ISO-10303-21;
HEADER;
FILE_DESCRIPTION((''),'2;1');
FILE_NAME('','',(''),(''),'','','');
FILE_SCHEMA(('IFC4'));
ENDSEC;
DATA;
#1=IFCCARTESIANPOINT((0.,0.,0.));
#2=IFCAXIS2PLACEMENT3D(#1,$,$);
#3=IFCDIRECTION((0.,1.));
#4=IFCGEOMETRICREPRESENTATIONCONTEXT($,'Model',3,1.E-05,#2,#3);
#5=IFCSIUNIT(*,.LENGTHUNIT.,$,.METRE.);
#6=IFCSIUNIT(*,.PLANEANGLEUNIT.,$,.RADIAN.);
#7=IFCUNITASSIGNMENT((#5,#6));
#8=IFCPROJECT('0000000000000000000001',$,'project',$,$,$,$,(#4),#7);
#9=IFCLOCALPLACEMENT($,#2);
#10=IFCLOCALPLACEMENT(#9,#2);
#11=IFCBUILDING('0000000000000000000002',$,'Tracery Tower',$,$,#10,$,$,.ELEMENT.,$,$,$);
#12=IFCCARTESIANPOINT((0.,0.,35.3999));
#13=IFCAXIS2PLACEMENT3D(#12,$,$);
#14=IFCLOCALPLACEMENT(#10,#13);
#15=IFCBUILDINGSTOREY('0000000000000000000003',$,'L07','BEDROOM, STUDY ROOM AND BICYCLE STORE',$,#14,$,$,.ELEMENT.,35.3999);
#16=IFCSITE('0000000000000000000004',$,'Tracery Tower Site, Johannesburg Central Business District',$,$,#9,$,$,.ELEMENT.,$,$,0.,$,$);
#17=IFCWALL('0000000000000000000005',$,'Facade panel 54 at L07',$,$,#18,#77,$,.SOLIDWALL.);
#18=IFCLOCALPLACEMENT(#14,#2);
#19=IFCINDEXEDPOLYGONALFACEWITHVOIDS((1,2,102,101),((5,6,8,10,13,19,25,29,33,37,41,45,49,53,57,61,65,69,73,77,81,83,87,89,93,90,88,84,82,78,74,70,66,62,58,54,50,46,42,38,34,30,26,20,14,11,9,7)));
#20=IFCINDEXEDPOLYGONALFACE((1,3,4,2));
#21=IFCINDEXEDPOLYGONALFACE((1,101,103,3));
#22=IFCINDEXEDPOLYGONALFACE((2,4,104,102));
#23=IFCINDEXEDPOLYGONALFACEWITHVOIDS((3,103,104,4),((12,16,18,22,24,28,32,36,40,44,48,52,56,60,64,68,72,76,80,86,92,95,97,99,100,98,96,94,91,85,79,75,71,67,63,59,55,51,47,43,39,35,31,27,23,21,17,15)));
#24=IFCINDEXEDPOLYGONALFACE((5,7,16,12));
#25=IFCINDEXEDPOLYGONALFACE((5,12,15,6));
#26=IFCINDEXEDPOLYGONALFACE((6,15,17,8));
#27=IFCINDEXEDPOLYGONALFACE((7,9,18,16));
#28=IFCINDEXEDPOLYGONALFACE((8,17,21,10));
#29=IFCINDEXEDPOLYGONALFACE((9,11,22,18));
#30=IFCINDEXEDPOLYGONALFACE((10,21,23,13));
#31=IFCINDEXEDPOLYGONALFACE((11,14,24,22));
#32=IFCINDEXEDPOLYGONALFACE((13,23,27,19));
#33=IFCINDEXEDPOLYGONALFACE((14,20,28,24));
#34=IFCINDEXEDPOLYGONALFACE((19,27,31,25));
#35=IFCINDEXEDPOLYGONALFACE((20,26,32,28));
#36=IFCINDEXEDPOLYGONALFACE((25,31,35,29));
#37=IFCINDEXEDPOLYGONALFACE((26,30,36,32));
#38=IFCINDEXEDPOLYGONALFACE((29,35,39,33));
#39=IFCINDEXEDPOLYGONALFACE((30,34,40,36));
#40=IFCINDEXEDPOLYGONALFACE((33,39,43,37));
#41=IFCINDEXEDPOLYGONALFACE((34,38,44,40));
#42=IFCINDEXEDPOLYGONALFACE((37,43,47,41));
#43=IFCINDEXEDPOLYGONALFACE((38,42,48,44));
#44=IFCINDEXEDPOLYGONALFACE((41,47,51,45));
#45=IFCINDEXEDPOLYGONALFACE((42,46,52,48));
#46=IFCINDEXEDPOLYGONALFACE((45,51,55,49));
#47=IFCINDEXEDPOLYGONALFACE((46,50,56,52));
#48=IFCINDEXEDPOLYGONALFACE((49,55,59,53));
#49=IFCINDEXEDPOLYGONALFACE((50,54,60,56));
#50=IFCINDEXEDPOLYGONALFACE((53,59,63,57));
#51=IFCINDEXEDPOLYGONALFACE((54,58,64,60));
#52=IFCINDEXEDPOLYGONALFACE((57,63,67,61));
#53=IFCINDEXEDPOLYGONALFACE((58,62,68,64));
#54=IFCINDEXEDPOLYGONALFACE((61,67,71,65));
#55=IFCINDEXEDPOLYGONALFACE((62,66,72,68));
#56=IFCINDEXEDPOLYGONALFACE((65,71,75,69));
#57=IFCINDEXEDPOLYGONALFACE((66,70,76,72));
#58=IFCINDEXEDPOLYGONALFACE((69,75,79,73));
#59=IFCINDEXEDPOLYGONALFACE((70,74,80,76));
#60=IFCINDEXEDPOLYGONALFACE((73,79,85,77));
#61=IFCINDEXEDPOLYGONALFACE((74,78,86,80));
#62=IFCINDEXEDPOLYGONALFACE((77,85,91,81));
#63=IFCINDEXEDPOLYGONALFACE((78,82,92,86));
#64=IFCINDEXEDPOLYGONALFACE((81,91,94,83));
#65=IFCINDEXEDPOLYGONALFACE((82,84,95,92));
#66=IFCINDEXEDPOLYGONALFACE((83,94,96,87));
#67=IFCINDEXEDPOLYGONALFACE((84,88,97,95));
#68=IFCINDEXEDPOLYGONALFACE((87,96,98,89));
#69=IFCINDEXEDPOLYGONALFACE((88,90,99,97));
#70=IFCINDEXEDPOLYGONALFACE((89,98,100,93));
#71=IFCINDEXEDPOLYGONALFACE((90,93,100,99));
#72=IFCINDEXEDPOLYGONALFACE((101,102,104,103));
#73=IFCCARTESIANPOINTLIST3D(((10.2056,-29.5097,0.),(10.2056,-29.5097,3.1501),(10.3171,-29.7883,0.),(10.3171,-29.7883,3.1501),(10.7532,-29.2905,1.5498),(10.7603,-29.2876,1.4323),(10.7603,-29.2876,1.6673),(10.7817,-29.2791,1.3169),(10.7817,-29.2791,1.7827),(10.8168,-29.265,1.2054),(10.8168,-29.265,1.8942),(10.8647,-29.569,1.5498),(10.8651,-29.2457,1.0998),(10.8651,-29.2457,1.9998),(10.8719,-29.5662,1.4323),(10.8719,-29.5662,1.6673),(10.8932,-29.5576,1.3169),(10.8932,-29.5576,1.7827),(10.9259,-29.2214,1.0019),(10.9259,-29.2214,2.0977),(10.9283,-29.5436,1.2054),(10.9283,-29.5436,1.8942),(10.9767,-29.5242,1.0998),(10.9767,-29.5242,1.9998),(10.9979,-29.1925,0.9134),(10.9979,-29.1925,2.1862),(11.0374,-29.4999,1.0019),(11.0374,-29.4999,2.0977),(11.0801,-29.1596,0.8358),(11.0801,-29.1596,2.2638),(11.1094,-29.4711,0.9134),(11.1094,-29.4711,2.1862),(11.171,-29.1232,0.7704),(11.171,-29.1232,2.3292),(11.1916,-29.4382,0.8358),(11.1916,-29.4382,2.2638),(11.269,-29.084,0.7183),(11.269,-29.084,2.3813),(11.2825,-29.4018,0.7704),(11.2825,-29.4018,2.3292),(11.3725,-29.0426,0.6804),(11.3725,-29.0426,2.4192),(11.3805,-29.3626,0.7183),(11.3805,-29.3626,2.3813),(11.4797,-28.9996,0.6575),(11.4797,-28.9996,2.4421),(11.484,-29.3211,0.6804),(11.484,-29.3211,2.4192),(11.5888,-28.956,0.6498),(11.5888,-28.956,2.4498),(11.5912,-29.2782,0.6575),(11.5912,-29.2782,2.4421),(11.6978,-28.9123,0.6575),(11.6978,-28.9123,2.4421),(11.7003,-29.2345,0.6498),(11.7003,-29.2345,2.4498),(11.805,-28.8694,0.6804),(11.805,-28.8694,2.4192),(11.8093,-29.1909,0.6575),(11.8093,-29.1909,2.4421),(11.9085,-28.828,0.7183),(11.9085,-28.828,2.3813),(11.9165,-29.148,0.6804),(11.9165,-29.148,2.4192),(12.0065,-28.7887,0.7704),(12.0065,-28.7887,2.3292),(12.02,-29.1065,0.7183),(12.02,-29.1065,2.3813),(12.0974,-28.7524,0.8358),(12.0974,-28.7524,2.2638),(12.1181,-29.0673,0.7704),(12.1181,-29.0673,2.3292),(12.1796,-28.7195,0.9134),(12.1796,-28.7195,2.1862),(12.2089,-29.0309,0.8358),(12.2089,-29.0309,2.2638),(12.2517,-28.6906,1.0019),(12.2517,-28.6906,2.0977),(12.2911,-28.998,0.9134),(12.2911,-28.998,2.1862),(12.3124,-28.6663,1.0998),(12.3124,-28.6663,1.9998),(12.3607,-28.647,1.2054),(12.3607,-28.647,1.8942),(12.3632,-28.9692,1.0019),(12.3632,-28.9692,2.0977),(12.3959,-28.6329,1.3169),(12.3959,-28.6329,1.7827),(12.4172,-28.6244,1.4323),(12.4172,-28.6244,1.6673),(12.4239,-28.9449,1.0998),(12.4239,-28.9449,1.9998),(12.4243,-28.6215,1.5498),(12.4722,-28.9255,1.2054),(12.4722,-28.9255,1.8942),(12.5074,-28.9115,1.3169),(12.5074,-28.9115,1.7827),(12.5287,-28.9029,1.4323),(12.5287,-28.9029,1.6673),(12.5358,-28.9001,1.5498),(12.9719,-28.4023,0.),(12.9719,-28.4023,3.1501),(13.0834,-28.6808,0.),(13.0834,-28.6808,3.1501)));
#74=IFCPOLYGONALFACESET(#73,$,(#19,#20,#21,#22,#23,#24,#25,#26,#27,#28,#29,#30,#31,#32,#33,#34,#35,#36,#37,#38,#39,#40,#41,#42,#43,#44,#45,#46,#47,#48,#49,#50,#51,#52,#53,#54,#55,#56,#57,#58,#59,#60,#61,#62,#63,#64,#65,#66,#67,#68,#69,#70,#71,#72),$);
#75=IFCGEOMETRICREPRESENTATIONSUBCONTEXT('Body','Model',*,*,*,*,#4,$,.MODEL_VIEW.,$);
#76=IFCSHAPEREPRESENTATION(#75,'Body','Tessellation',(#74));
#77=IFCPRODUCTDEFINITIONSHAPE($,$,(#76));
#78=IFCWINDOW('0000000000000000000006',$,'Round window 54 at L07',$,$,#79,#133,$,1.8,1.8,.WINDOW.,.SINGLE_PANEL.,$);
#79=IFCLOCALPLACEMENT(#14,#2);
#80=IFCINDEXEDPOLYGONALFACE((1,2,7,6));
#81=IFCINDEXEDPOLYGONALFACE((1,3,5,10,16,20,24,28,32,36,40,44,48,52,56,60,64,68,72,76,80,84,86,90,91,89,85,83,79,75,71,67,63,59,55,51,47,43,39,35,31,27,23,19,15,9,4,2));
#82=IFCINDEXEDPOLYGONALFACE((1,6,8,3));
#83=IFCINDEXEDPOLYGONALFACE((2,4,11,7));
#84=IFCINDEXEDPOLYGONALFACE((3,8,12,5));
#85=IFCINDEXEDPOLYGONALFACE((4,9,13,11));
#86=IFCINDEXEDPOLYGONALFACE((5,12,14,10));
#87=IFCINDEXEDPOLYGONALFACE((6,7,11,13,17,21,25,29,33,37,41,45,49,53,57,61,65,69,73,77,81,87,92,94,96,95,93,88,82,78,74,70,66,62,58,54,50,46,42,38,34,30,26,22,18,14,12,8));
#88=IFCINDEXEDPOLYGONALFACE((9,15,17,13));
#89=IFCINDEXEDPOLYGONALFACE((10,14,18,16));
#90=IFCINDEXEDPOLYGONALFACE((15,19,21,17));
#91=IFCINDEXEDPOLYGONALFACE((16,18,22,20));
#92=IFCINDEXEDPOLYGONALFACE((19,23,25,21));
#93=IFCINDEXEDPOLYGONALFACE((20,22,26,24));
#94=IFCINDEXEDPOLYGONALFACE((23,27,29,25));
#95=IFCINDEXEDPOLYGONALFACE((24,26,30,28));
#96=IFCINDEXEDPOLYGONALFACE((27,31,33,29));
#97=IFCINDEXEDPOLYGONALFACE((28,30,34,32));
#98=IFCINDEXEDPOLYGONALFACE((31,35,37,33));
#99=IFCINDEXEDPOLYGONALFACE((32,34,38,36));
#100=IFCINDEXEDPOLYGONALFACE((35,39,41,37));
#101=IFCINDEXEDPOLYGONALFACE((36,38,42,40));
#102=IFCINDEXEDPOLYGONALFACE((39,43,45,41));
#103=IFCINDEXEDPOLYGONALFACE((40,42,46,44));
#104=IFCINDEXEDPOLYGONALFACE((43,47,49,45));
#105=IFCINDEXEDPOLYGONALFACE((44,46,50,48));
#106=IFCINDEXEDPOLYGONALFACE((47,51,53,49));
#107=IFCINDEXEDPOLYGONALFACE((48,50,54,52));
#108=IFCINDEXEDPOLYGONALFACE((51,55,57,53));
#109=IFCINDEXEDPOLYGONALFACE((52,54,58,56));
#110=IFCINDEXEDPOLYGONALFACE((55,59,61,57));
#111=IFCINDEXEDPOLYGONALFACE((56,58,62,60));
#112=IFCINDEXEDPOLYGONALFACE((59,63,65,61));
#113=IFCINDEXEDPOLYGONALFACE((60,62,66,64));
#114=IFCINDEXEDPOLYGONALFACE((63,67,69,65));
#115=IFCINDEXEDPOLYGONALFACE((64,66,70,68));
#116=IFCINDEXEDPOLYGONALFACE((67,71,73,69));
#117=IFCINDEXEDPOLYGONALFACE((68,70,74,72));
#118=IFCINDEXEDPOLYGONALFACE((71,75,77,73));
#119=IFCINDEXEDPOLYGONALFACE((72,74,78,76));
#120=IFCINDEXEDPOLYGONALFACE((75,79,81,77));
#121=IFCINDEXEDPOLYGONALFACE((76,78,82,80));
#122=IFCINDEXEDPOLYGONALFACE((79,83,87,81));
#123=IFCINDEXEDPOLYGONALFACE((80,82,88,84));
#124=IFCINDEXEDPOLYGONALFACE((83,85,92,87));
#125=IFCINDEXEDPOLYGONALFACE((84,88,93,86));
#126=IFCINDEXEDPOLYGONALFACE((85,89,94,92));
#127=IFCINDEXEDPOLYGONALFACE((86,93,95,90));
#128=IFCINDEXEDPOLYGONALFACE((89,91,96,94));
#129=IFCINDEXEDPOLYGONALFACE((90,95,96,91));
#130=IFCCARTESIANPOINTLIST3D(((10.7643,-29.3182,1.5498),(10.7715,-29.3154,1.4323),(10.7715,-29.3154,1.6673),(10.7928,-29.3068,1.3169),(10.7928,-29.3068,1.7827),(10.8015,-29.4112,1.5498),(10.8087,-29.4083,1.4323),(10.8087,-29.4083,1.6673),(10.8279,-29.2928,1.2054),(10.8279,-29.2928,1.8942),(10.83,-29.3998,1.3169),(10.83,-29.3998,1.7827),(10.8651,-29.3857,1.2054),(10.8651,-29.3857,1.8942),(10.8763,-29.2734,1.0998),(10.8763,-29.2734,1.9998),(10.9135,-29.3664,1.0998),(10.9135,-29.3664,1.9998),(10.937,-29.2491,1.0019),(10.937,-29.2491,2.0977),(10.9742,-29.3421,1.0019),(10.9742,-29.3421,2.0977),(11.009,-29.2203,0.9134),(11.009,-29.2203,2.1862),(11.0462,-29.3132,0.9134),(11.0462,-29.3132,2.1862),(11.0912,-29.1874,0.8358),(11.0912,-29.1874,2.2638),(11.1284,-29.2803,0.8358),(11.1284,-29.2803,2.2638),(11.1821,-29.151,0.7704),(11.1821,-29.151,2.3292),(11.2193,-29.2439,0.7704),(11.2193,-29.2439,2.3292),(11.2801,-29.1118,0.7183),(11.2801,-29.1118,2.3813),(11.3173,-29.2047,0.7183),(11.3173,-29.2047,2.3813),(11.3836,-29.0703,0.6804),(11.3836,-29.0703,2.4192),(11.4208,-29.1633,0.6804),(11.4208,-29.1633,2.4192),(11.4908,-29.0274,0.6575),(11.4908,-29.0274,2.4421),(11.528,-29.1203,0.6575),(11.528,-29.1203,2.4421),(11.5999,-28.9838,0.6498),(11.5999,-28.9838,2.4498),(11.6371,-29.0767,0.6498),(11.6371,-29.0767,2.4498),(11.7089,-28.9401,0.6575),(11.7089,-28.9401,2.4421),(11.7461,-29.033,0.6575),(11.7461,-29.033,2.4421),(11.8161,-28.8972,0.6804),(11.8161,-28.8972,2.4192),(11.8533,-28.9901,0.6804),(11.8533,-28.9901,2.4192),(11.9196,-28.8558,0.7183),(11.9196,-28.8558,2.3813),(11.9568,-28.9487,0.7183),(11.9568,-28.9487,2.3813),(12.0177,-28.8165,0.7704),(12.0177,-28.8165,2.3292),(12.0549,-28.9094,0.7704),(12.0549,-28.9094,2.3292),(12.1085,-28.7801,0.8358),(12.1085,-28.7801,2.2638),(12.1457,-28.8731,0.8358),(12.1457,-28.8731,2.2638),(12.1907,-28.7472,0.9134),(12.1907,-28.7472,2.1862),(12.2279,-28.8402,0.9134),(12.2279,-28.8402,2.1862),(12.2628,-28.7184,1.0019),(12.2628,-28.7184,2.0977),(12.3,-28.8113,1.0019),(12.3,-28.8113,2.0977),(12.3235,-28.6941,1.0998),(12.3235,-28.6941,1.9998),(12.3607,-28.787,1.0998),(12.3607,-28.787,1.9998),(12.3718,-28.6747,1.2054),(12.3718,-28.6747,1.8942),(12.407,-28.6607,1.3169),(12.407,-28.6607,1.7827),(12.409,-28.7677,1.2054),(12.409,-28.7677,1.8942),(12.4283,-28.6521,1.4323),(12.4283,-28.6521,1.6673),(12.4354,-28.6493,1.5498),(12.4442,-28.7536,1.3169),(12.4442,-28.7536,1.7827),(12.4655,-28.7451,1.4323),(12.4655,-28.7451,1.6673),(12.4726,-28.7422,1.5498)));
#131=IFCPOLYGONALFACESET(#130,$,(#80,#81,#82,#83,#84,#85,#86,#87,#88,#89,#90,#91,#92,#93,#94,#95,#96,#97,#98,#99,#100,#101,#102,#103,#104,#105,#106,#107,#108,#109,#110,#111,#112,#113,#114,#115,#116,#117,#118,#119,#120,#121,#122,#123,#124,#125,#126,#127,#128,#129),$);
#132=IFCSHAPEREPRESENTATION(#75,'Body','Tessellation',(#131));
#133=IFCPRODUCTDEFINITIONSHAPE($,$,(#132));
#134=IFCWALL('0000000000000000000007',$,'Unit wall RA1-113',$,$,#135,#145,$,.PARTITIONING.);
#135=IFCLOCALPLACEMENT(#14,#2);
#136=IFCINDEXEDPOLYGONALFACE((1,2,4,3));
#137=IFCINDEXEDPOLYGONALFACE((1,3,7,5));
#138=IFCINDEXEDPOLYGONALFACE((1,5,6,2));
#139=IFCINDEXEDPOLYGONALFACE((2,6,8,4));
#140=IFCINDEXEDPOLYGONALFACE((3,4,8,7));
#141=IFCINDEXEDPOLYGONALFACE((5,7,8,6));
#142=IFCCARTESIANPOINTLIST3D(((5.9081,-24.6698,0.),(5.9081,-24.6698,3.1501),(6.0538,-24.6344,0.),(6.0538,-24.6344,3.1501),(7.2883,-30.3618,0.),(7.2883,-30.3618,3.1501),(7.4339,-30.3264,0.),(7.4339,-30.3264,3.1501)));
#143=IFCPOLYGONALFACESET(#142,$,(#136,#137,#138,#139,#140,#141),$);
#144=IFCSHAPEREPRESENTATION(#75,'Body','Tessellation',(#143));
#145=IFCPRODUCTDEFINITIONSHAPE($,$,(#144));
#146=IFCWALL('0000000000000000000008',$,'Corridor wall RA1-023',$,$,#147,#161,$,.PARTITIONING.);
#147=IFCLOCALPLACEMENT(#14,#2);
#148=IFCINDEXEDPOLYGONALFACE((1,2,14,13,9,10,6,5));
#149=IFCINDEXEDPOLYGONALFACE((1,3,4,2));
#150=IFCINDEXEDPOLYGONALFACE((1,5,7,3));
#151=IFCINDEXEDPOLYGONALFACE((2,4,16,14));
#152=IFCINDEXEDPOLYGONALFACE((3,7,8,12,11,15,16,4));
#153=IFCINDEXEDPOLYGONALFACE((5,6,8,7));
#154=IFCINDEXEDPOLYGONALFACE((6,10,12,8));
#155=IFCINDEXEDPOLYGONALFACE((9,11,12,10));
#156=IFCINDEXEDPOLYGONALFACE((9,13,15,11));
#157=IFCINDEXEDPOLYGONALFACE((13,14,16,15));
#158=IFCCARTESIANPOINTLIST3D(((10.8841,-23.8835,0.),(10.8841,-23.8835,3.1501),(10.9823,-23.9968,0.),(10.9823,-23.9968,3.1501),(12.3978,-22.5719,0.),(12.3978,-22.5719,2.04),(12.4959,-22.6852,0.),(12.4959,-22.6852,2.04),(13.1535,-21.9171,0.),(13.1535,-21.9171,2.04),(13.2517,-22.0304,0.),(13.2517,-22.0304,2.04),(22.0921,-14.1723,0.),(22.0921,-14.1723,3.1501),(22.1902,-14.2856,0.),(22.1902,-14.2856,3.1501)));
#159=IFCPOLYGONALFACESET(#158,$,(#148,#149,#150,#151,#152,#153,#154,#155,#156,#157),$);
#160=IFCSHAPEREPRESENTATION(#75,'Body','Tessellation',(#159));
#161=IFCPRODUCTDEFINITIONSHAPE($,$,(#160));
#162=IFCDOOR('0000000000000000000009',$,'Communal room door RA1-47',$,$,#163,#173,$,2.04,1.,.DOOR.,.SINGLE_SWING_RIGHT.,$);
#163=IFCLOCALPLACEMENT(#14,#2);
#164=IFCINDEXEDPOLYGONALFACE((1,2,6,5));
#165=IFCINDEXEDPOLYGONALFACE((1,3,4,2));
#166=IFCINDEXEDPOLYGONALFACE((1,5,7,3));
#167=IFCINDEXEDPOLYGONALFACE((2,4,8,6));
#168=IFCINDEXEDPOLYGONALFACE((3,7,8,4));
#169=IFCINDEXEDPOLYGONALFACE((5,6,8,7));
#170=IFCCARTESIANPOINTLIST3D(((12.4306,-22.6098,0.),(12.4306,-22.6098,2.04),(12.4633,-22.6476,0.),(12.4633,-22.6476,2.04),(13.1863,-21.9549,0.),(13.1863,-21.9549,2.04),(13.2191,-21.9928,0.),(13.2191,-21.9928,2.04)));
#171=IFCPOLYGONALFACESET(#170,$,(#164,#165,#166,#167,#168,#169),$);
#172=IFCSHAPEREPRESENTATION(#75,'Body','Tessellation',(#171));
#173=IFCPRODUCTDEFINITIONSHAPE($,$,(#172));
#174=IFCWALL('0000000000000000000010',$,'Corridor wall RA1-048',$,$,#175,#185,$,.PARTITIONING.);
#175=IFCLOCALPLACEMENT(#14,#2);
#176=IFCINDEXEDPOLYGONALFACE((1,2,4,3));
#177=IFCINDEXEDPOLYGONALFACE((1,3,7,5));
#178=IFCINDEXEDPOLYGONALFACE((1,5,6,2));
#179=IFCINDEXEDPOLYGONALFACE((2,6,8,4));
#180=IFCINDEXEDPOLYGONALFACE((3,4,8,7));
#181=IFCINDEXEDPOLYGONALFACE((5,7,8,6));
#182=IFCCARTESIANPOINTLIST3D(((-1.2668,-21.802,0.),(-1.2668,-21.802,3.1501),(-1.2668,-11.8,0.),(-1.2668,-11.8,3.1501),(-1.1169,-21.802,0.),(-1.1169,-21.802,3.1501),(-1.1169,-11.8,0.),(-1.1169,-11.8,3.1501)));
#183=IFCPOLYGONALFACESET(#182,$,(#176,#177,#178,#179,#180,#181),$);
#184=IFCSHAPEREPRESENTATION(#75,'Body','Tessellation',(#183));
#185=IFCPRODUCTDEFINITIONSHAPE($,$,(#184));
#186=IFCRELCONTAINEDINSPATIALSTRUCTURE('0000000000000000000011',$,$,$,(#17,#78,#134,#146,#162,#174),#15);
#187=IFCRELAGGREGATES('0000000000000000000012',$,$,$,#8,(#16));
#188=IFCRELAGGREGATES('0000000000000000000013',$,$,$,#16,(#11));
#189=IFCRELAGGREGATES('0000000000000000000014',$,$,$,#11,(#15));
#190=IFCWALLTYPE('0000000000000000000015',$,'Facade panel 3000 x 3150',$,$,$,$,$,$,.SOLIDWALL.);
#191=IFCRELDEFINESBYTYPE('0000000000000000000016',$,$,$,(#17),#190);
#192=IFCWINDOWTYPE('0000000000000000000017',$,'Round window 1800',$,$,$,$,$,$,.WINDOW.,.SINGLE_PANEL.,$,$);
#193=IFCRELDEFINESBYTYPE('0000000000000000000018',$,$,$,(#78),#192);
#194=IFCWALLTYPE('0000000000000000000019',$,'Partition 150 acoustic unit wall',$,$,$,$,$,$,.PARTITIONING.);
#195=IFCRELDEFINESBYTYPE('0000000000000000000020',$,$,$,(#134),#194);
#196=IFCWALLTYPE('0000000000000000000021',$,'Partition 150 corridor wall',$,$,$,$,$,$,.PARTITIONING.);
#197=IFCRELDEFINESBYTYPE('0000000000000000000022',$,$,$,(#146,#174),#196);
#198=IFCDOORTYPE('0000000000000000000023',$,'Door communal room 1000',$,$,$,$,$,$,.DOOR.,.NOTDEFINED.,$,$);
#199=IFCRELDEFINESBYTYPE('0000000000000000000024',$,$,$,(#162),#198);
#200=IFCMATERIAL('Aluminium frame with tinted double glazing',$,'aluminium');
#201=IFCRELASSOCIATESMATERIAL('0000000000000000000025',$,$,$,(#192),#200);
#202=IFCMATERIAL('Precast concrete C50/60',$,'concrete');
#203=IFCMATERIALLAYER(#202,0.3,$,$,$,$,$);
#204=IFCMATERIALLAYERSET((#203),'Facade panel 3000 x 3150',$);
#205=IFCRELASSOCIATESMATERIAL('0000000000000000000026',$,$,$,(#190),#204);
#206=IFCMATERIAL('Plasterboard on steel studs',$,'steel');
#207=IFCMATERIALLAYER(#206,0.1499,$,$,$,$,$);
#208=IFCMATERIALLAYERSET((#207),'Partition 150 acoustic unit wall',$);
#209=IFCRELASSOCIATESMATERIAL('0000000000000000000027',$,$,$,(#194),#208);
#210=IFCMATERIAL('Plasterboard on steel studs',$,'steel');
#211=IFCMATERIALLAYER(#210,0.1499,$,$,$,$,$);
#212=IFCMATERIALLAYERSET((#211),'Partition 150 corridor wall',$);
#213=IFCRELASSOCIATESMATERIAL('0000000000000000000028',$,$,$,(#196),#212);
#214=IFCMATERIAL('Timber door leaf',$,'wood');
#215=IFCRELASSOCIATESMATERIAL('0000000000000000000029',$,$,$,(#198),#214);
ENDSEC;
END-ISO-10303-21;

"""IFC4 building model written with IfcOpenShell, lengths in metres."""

from ifc_helpers import new_model, si_unit, direction, frame, frame_2d, origin, origin_2d, place, context, subcontext, project, spatial, rectangle, circle, extrude, material, layer, layer_set, type_object, element, fill, save


model = new_model("IFC4")

# Units and contexts
model_context = context("Model", 3, precision=1e-05, world=origin(), true_north=direction((0.0, 1.0)))
body_context = subcontext(model_context, "Body", "Model", "MODEL_VIEW")
ifc_project = project(units=[si_unit("LENGTHUNIT", "METRE"), si_unit("PLANEANGLEUNIT", "RADIAN")], contexts=[model_context])

# Site, building, storey
site_placement = place(None, origin())
site = spatial("IfcSite", under=ifc_project, at=site_placement, Name="Tracery Tower Site, Johannesburg Central Business District", CompositionType="ELEMENT", RefElevation=0.0)
building_placement = place(site_placement, origin())
building = spatial("IfcBuilding", under=site, at=building_placement, Name="Tracery Tower", CompositionType="ELEMENT")
storey_placement = place(building_placement, frame((0.0, 0.0, 35.3999)))
storey = spatial("IfcBuildingStorey", under=building, at=storey_placement, Name="L07", Description="BEDROOM, STUDY ROOM AND BICYCLE STORE", CompositionType="ELEMENT", Elevation=35.3999)

# Wall, opening, window
ifc_material_1 = material(Name="Aluminium frame with tinted double glazing", Category="aluminium")
window_type = type_object("IfcWindowType", Name="Round window 1800", PartitioningType="SINGLE_PANEL", PredefinedType="WINDOW", material=ifc_material_1)
ifc_material_2 = material(Name="Precast concrete C50/60", Category="concrete")
ifc_layer_1 = layer(ifc_material_2, 0.3)
ifc_layer_set_1 = layer_set([ifc_layer_1], Name="Facade panel 3000 x 3150")
wall_type_1 = type_object("IfcWallType", Name="Facade panel 3000 x 3150", PredefinedType="SOLIDWALL", material=ifc_layer_set_1)
wall_1_placement = place(storey_placement, frame((10.2615, -29.6489, 0.0), z_axis=(0.0, 0.0, 1.0), x_axis=(0.928375, 0.371645, 0.0)))
wall_1 = element("IfcWall", 1, at=wall_1_placement, inside=storey, type_object=wall_type_1, Name="Facade panel 54 at L07", PredefinedType="SOLIDWALL", context=body_context, shape_type="SweptSolid", body=[
    extrude(rectangle(XDim=2.9797, YDim=0.3, at=frame_2d((1.4897, 0.0))), origin(), (0.0, 0.0, 1.0), 3.1501),
])
opening_1_placement = place(wall_1_placement, frame((1.4897, 0.0, 1.5498)))
opening_1 = element("IfcOpeningElement", 2, at=opening_1_placement, cuts=wall_1, PredefinedType="OPENING", context=body_context, shape_type="SweptSolid", body=[
    extrude(circle(Radius=0.9, at=origin_2d()), frame((0.0, 0.1599, 0.0), z_axis=(0.0, -1.0, 0.0), x_axis=(1.0, 0.0, 0.0)), (0.0, 0.0, 1.0), 0.3201),
])
window_1_placement = place(opening_1_placement, origin())
window_1 = element("IfcWindow", 3, at=window_1_placement, inside=storey, type_object=window_type, Name="Round window 54 at L07", OverallHeight=1.8, OverallWidth=1.8, PartitioningType="SINGLE_PANEL", PredefinedType="WINDOW", context=body_context, shape_type="SweptSolid", body=[
    extrude(circle(Radius=0.9, at=origin_2d()), frame((0.0, 0.1201, 0.0), z_axis=(0.0, -1.0, 0.0), x_axis=(1.0, 0.0, 0.0)), (0.0, 0.0, 1.0), 0.1001),
])
fill(opening_1, window_1)

# Wall
ifc_material_3 = material(Name="Plasterboard on steel studs", Category="steel")
ifc_layer_2 = layer(ifc_material_3, 0.1499)
ifc_layer_set_2 = layer_set([ifc_layer_2], Name="Partition 150 acoustic unit wall")
wall_type_2 = type_object("IfcWallType", Name="Partition 150 acoustic unit wall", PredefinedType="PARTITIONING", material=ifc_layer_set_2)
wall_2_placement = place(storey_placement, frame((5.981, -24.6521, 0.0), z_axis=(0.0, 0.0, 1.0), x_axis=(0.235644, -0.971839, 0.0)))
element("IfcWall", 4, at=wall_2_placement, inside=storey, type_object=wall_type_2, Name="Unit wall RA1-113", PredefinedType="PARTITIONING", context=body_context, shape_type="SweptSolid", body=[
    extrude(rectangle(XDim=5.8569, YDim=0.1499, at=frame_2d((2.9285, 0.0))), origin(), (0.0, 0.0, 1.0), 3.1501),
])

# Wall, opening, door
ifc_material_4 = material(Name="Plasterboard on steel studs", Category="steel")
ifc_layer_3 = layer(ifc_material_4, 0.1499)
ifc_layer_set_3 = layer_set([ifc_layer_3], Name="Partition 150 corridor wall")
wall_type_3 = type_object("IfcWallType", Name="Partition 150 corridor wall", PredefinedType="PARTITIONING", material=ifc_layer_set_3)
wall_3_placement = place(storey_placement, frame((10.9331, -23.9402, 0.0), z_axis=(0.0, 0.0, 1.0), x_axis=(0.75577, 0.654837, 0.0)))
wall_3 = element("IfcWall", 5, at=wall_3_placement, inside=storey, type_object=wall_type_3, Name="Corridor wall RA1-023", PredefinedType="PARTITIONING", context=body_context, shape_type="SweptSolid", body=[
    extrude(rectangle(XDim=14.8298, YDim=0.1499, at=frame_2d((7.415, 0.0))), origin(), (0.0, 0.0, 1.0), 3.1501),
])
opening_2_placement = place(wall_3_placement, frame((2.0029, 0.0, 0.0)))
opening_2 = element("IfcOpeningElement", 6, at=opening_2_placement, cuts=wall_3, PredefinedType="OPENING", context=body_context, shape_type="SweptSolid", body=[
    extrude(rectangle(XDim=1.0, YDim=2.04, at=frame_2d((0.5, 1.02))), frame((0.0, 0.075, 0.0), z_axis=(0.0, -1.0, 0.0), x_axis=(1.0, 0.0, 0.0)), (0.0, 0.0, 1.0), 0.1499),
])
ifc_material_5 = material(Name="Timber door leaf", Category="wood")
door_type_1 = type_object("IfcDoorType", Name="Door communal room 1000", OperationType="NOTDEFINED", PredefinedType="DOOR", material=ifc_material_5)
door_1_placement = place(opening_2_placement, origin())
door_1 = element("IfcDoor", 7, at=door_1_placement, inside=storey, type_object=door_type_1, Name="Communal room door RA1-47", OperationType="SINGLE_SWING_RIGHT", OverallHeight=2.04, OverallWidth=1.0, PredefinedType="DOOR", context=body_context, shape_type="SweptSolid", body=[
    extrude(rectangle(XDim=1.0, YDim=2.04, at=frame_2d((0.5, 1.02))), frame((0.0, 0.0249, 0.0), z_axis=(0.0, -1.0, 0.0), x_axis=(1.0, 0.0, 0.0)), (0.0, 0.0, 1.0), 0.05),
])
fill(opening_2, door_1)

# Wall
wall_4_placement = place(storey_placement, frame((-1.1919, -21.802, 0.0), z_axis=(0.0, 0.0, 1.0), x_axis=(0.0, 1.0, 0.0)))
element("IfcWall", 8, at=wall_4_placement, inside=storey, type_object=wall_type_3, Name="Corridor wall RA1-048", PredefinedType="PARTITIONING", context=body_context, shape_type="SweptSolid", body=[
    extrude(rectangle(XDim=10.002, YDim=0.1499, at=frame_2d((5.001, 0.0))), origin(), (0.0, 0.0, 1.0), 3.1501),
])

save(model, "model.ifc")
